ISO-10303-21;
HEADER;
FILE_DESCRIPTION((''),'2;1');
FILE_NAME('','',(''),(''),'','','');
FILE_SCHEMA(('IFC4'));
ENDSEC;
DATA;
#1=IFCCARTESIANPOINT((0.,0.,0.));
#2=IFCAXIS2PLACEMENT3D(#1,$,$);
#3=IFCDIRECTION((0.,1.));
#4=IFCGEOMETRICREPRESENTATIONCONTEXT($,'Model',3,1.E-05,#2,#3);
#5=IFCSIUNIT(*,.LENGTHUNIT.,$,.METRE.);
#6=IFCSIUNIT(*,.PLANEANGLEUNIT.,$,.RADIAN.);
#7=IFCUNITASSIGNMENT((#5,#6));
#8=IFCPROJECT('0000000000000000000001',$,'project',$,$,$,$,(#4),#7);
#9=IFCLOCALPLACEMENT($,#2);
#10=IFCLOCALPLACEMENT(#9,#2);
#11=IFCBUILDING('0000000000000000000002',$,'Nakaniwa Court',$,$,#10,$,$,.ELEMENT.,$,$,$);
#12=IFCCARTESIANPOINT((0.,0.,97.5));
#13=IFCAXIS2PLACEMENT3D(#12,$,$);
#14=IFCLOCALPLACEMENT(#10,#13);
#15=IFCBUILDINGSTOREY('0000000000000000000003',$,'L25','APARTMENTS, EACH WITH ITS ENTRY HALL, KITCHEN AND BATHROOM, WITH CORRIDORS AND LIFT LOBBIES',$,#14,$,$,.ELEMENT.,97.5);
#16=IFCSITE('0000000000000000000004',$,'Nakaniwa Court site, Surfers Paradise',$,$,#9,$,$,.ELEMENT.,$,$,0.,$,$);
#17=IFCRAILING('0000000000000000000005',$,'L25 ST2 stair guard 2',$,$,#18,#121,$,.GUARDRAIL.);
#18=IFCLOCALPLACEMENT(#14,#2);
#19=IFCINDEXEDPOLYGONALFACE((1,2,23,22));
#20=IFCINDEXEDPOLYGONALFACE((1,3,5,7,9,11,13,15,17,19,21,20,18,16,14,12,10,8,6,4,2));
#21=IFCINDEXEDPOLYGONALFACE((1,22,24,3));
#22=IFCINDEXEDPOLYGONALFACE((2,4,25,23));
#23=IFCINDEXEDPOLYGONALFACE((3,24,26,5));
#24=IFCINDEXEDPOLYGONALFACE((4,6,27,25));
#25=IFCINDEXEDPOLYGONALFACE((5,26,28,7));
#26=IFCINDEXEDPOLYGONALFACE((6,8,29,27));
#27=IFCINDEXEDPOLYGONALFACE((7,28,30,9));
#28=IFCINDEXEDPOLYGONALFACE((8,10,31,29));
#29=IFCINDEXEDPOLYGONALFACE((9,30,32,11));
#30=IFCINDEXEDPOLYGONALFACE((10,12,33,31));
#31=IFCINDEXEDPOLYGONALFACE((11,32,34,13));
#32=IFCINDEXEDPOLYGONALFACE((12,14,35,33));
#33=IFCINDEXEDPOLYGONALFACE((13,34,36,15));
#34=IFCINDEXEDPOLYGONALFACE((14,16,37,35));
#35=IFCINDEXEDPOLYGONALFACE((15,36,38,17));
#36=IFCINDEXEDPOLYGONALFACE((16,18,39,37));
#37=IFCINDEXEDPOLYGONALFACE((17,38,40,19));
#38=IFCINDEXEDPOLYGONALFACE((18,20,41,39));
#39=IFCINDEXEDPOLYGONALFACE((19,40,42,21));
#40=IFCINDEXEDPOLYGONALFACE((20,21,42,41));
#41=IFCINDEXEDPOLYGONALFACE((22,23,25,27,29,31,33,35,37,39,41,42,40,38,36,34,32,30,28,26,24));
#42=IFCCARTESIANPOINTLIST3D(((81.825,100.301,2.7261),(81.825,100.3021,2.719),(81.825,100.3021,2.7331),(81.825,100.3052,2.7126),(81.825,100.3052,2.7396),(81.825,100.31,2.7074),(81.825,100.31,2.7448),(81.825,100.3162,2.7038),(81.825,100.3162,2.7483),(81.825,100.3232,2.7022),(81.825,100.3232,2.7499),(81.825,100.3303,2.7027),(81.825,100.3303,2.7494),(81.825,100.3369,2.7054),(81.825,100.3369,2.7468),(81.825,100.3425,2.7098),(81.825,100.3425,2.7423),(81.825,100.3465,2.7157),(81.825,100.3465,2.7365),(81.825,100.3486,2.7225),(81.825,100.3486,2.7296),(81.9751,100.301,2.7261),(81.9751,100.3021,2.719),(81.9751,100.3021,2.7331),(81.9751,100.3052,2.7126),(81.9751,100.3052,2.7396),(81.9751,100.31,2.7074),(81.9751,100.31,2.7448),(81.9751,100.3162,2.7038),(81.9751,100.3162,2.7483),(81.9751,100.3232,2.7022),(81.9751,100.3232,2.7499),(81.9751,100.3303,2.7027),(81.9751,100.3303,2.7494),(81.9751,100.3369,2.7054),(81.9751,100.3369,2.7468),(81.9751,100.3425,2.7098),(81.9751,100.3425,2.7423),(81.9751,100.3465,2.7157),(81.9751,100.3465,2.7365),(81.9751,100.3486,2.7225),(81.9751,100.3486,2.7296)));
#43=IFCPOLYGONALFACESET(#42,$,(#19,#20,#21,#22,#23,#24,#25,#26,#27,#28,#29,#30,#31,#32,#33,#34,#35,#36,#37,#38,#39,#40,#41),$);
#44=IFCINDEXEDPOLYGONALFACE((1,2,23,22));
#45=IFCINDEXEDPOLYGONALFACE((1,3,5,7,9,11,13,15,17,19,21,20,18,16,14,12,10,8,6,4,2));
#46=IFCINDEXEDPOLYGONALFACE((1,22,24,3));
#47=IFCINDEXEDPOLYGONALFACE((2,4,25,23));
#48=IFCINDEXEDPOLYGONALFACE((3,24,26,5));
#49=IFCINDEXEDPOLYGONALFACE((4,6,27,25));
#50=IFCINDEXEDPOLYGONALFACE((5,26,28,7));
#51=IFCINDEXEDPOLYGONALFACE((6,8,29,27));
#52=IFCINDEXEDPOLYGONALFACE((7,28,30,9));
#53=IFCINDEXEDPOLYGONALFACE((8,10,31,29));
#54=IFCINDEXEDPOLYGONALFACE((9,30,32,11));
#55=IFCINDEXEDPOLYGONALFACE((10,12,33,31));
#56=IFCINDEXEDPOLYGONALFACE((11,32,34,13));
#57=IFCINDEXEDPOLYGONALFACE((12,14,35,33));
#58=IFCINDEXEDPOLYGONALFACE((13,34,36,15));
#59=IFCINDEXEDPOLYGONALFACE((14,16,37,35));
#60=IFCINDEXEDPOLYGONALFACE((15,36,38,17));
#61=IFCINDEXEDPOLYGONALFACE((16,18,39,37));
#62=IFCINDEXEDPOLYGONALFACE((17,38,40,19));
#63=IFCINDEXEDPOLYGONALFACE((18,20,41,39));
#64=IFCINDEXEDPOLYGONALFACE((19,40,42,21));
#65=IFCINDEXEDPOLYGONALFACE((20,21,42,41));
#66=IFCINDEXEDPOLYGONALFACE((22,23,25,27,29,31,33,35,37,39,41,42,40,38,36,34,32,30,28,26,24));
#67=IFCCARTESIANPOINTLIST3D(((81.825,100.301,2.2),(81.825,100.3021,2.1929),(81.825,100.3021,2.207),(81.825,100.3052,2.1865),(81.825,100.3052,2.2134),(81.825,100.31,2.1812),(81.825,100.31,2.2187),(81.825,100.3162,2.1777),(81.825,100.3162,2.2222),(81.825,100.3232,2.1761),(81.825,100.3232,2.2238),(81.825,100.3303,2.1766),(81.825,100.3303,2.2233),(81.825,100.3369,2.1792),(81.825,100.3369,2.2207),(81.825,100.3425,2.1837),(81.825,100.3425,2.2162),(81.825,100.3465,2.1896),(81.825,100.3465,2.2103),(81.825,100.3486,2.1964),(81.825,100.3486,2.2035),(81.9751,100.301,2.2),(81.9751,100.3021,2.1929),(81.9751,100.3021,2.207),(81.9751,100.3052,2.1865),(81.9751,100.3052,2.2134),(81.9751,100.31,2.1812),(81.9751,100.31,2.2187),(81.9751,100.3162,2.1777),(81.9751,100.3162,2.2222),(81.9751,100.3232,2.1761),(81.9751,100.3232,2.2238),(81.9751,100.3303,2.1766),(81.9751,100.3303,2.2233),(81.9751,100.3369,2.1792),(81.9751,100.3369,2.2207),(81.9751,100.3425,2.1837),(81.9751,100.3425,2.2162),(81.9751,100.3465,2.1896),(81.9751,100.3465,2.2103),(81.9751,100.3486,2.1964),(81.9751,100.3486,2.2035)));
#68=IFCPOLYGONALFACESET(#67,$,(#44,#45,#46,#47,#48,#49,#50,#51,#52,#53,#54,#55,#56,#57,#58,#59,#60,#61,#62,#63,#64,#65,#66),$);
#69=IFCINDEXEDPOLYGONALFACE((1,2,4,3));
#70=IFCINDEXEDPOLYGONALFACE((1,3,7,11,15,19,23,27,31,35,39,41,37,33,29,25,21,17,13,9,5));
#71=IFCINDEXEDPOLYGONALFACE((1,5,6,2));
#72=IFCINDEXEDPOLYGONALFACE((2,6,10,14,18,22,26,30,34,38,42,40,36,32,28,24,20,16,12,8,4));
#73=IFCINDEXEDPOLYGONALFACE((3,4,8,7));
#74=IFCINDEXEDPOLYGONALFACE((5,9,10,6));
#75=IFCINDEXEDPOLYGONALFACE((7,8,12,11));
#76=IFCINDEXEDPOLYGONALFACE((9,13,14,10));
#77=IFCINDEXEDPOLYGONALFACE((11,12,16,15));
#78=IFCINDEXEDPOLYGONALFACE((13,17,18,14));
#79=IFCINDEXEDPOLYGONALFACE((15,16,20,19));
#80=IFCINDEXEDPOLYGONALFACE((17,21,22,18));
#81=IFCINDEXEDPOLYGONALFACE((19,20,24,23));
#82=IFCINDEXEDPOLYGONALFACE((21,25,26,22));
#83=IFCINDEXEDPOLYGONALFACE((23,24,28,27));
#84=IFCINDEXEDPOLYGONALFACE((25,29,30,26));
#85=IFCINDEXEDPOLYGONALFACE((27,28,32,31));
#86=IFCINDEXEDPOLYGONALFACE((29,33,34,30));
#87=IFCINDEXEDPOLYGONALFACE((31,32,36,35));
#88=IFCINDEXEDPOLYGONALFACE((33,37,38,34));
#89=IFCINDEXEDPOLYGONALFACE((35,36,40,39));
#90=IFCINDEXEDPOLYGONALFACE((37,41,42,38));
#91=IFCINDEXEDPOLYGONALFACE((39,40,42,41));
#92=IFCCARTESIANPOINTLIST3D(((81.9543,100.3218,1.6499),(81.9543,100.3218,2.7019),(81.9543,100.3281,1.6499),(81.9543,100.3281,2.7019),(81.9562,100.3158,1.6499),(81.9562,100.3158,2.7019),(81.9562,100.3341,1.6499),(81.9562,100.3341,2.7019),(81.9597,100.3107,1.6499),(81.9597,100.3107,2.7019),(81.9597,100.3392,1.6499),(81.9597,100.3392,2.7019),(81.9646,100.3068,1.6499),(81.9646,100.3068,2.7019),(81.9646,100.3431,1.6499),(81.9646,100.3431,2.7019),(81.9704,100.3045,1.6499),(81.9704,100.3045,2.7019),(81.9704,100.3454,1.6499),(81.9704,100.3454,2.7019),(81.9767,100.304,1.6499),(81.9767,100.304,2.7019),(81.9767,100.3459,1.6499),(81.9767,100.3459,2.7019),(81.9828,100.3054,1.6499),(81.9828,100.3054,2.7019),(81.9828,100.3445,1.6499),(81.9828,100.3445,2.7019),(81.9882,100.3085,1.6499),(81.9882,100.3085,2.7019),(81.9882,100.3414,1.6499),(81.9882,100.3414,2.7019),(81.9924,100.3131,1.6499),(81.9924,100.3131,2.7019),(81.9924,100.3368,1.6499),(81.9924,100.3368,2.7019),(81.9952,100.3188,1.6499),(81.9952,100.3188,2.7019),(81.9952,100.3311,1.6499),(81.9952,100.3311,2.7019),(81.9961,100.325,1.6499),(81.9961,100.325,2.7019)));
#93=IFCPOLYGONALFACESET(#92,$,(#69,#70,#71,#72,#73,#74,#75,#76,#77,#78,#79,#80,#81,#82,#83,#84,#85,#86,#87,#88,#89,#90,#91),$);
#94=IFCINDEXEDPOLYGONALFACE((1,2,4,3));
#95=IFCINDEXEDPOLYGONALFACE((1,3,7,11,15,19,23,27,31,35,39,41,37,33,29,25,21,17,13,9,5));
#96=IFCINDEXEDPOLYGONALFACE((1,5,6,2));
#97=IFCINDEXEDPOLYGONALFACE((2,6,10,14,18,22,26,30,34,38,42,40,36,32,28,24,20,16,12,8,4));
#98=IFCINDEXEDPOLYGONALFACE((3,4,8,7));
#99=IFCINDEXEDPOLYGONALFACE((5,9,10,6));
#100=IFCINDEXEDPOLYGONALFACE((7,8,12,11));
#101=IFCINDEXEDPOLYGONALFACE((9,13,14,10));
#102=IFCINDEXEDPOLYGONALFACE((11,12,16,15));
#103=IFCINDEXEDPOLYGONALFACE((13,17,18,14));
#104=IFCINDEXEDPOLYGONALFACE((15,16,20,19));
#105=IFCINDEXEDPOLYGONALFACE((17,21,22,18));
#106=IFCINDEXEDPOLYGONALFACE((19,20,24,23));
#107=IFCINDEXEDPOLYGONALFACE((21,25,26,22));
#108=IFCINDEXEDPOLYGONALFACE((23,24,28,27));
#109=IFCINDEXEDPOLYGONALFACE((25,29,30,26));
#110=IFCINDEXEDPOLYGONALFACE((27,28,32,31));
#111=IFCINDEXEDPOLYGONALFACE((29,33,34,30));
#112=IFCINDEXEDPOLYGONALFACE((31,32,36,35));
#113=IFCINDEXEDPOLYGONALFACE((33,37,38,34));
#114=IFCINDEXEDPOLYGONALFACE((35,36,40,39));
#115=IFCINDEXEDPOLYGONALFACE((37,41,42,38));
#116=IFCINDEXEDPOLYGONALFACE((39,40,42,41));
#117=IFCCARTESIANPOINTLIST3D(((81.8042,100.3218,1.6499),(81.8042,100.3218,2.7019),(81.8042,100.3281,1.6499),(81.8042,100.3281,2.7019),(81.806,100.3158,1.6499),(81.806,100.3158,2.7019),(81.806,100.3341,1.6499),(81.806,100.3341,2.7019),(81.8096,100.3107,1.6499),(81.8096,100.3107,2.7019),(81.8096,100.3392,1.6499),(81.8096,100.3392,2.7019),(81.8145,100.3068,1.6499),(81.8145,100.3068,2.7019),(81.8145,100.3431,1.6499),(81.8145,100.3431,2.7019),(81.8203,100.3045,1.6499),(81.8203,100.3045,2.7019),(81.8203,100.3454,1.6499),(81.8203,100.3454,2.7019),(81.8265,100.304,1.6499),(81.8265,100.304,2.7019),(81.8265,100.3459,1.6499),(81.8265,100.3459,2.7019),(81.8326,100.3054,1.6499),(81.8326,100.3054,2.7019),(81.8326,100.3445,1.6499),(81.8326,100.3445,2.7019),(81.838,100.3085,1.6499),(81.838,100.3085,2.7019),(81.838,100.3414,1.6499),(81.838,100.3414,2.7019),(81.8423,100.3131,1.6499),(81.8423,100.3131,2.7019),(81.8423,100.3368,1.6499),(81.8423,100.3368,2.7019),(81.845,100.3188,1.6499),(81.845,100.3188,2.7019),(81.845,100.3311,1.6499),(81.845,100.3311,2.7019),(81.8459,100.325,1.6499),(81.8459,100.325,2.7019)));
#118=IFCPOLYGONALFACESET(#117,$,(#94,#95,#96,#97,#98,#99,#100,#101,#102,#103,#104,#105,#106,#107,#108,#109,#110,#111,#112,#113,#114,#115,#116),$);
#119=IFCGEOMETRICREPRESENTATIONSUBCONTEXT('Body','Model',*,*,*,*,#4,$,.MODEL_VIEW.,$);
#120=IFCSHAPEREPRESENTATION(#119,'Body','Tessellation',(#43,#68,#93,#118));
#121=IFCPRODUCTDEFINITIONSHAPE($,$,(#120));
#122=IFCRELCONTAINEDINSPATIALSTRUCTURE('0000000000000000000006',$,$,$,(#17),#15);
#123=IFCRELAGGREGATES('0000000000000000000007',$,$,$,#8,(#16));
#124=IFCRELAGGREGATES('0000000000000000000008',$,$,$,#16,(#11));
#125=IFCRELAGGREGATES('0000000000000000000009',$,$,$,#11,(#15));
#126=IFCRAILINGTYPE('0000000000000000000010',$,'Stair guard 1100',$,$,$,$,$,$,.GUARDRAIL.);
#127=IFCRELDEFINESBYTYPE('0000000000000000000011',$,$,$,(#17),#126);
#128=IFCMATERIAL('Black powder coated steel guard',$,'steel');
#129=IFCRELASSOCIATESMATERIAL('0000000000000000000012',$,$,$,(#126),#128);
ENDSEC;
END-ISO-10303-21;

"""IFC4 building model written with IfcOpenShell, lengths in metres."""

from ifc_helpers import new_model, si_unit, direction, frame, origin, origin_2d, place, context, subcontext, project, spatial, circle, extrude, material, type_object, element, save


model = new_model("IFC4")

# Units and contexts
model_context = context("Model", 3, precision=1e-05, world=origin(), true_north=direction((0.0, 1.0)))
body_context = subcontext(model_context, "Body", "Model", "MODEL_VIEW")
ifc_project = project(units=[si_unit("LENGTHUNIT", "METRE"), si_unit("PLANEANGLEUNIT", "RADIAN")], contexts=[model_context])

# Site, building, storey
site_placement = place(None, origin())
site = spatial("IfcSite", under=ifc_project, at=site_placement, Name="Nakaniwa Court site, Surfers Paradise", CompositionType="ELEMENT", RefElevation=0.0)
building_placement = place(site_placement, origin())
building = spatial("IfcBuilding", under=site, at=building_placement, Name="Nakaniwa Court", CompositionType="ELEMENT")
storey_placement = place(building_placement, frame((0.0, 0.0, 97.5)))
storey = spatial("IfcBuildingStorey", under=building, at=storey_placement, Name="L25", Description="APARTMENTS, EACH WITH ITS ENTRY HALL, KITCHEN AND BATHROOM, WITH CORRIDORS AND LIFT LOBBIES", CompositionType="ELEMENT", Elevation=97.5)

# Railing
ifc_material_1 = material(Name="Black powder coated steel guard", Category="steel")
railing_type_1 = type_object("IfcRailingType", Name="Stair guard 1100", PredefinedType="GUARDRAIL", material=ifc_material_1)
railing_1_placement = place(storey_placement, frame((81.9751, 100.325, 1.6499)))
element("IfcRailing", 1, at=railing_1_placement, inside=storey, type_object=railing_type_1, Name="L25 ST2 stair guard 2", PredefinedType="GUARDRAIL", context=body_context, shape_type="SweptSolid", body=[
    extrude(circle(Radius=0.0239, at=origin_2d()), frame((0.0, 0.0, 1.0762), z_axis=(-1.0, 0.0, 0.0), x_axis=(0.0, -1.0, 0.0)), (0.0, 0.0, 1.0), 0.1501),
    extrude(circle(Radius=0.0239, at=origin_2d()), frame((0.0, 0.0, 0.55), z_axis=(-1.0, 0.0, 0.0), x_axis=(0.0, -1.0, 0.0)), (0.0, 0.0, 1.0), 0.1501),
    extrude(circle(Radius=0.021, at=origin_2d()), origin(), (0.0, 0.0, 1.0), 1.052),
    extrude(circle(Radius=0.021, at=origin_2d()), frame((-0.1501, 0.0, 0.0)), (0.0, 0.0, 1.0), 1.052),
])

save(model, "model.ifc")
